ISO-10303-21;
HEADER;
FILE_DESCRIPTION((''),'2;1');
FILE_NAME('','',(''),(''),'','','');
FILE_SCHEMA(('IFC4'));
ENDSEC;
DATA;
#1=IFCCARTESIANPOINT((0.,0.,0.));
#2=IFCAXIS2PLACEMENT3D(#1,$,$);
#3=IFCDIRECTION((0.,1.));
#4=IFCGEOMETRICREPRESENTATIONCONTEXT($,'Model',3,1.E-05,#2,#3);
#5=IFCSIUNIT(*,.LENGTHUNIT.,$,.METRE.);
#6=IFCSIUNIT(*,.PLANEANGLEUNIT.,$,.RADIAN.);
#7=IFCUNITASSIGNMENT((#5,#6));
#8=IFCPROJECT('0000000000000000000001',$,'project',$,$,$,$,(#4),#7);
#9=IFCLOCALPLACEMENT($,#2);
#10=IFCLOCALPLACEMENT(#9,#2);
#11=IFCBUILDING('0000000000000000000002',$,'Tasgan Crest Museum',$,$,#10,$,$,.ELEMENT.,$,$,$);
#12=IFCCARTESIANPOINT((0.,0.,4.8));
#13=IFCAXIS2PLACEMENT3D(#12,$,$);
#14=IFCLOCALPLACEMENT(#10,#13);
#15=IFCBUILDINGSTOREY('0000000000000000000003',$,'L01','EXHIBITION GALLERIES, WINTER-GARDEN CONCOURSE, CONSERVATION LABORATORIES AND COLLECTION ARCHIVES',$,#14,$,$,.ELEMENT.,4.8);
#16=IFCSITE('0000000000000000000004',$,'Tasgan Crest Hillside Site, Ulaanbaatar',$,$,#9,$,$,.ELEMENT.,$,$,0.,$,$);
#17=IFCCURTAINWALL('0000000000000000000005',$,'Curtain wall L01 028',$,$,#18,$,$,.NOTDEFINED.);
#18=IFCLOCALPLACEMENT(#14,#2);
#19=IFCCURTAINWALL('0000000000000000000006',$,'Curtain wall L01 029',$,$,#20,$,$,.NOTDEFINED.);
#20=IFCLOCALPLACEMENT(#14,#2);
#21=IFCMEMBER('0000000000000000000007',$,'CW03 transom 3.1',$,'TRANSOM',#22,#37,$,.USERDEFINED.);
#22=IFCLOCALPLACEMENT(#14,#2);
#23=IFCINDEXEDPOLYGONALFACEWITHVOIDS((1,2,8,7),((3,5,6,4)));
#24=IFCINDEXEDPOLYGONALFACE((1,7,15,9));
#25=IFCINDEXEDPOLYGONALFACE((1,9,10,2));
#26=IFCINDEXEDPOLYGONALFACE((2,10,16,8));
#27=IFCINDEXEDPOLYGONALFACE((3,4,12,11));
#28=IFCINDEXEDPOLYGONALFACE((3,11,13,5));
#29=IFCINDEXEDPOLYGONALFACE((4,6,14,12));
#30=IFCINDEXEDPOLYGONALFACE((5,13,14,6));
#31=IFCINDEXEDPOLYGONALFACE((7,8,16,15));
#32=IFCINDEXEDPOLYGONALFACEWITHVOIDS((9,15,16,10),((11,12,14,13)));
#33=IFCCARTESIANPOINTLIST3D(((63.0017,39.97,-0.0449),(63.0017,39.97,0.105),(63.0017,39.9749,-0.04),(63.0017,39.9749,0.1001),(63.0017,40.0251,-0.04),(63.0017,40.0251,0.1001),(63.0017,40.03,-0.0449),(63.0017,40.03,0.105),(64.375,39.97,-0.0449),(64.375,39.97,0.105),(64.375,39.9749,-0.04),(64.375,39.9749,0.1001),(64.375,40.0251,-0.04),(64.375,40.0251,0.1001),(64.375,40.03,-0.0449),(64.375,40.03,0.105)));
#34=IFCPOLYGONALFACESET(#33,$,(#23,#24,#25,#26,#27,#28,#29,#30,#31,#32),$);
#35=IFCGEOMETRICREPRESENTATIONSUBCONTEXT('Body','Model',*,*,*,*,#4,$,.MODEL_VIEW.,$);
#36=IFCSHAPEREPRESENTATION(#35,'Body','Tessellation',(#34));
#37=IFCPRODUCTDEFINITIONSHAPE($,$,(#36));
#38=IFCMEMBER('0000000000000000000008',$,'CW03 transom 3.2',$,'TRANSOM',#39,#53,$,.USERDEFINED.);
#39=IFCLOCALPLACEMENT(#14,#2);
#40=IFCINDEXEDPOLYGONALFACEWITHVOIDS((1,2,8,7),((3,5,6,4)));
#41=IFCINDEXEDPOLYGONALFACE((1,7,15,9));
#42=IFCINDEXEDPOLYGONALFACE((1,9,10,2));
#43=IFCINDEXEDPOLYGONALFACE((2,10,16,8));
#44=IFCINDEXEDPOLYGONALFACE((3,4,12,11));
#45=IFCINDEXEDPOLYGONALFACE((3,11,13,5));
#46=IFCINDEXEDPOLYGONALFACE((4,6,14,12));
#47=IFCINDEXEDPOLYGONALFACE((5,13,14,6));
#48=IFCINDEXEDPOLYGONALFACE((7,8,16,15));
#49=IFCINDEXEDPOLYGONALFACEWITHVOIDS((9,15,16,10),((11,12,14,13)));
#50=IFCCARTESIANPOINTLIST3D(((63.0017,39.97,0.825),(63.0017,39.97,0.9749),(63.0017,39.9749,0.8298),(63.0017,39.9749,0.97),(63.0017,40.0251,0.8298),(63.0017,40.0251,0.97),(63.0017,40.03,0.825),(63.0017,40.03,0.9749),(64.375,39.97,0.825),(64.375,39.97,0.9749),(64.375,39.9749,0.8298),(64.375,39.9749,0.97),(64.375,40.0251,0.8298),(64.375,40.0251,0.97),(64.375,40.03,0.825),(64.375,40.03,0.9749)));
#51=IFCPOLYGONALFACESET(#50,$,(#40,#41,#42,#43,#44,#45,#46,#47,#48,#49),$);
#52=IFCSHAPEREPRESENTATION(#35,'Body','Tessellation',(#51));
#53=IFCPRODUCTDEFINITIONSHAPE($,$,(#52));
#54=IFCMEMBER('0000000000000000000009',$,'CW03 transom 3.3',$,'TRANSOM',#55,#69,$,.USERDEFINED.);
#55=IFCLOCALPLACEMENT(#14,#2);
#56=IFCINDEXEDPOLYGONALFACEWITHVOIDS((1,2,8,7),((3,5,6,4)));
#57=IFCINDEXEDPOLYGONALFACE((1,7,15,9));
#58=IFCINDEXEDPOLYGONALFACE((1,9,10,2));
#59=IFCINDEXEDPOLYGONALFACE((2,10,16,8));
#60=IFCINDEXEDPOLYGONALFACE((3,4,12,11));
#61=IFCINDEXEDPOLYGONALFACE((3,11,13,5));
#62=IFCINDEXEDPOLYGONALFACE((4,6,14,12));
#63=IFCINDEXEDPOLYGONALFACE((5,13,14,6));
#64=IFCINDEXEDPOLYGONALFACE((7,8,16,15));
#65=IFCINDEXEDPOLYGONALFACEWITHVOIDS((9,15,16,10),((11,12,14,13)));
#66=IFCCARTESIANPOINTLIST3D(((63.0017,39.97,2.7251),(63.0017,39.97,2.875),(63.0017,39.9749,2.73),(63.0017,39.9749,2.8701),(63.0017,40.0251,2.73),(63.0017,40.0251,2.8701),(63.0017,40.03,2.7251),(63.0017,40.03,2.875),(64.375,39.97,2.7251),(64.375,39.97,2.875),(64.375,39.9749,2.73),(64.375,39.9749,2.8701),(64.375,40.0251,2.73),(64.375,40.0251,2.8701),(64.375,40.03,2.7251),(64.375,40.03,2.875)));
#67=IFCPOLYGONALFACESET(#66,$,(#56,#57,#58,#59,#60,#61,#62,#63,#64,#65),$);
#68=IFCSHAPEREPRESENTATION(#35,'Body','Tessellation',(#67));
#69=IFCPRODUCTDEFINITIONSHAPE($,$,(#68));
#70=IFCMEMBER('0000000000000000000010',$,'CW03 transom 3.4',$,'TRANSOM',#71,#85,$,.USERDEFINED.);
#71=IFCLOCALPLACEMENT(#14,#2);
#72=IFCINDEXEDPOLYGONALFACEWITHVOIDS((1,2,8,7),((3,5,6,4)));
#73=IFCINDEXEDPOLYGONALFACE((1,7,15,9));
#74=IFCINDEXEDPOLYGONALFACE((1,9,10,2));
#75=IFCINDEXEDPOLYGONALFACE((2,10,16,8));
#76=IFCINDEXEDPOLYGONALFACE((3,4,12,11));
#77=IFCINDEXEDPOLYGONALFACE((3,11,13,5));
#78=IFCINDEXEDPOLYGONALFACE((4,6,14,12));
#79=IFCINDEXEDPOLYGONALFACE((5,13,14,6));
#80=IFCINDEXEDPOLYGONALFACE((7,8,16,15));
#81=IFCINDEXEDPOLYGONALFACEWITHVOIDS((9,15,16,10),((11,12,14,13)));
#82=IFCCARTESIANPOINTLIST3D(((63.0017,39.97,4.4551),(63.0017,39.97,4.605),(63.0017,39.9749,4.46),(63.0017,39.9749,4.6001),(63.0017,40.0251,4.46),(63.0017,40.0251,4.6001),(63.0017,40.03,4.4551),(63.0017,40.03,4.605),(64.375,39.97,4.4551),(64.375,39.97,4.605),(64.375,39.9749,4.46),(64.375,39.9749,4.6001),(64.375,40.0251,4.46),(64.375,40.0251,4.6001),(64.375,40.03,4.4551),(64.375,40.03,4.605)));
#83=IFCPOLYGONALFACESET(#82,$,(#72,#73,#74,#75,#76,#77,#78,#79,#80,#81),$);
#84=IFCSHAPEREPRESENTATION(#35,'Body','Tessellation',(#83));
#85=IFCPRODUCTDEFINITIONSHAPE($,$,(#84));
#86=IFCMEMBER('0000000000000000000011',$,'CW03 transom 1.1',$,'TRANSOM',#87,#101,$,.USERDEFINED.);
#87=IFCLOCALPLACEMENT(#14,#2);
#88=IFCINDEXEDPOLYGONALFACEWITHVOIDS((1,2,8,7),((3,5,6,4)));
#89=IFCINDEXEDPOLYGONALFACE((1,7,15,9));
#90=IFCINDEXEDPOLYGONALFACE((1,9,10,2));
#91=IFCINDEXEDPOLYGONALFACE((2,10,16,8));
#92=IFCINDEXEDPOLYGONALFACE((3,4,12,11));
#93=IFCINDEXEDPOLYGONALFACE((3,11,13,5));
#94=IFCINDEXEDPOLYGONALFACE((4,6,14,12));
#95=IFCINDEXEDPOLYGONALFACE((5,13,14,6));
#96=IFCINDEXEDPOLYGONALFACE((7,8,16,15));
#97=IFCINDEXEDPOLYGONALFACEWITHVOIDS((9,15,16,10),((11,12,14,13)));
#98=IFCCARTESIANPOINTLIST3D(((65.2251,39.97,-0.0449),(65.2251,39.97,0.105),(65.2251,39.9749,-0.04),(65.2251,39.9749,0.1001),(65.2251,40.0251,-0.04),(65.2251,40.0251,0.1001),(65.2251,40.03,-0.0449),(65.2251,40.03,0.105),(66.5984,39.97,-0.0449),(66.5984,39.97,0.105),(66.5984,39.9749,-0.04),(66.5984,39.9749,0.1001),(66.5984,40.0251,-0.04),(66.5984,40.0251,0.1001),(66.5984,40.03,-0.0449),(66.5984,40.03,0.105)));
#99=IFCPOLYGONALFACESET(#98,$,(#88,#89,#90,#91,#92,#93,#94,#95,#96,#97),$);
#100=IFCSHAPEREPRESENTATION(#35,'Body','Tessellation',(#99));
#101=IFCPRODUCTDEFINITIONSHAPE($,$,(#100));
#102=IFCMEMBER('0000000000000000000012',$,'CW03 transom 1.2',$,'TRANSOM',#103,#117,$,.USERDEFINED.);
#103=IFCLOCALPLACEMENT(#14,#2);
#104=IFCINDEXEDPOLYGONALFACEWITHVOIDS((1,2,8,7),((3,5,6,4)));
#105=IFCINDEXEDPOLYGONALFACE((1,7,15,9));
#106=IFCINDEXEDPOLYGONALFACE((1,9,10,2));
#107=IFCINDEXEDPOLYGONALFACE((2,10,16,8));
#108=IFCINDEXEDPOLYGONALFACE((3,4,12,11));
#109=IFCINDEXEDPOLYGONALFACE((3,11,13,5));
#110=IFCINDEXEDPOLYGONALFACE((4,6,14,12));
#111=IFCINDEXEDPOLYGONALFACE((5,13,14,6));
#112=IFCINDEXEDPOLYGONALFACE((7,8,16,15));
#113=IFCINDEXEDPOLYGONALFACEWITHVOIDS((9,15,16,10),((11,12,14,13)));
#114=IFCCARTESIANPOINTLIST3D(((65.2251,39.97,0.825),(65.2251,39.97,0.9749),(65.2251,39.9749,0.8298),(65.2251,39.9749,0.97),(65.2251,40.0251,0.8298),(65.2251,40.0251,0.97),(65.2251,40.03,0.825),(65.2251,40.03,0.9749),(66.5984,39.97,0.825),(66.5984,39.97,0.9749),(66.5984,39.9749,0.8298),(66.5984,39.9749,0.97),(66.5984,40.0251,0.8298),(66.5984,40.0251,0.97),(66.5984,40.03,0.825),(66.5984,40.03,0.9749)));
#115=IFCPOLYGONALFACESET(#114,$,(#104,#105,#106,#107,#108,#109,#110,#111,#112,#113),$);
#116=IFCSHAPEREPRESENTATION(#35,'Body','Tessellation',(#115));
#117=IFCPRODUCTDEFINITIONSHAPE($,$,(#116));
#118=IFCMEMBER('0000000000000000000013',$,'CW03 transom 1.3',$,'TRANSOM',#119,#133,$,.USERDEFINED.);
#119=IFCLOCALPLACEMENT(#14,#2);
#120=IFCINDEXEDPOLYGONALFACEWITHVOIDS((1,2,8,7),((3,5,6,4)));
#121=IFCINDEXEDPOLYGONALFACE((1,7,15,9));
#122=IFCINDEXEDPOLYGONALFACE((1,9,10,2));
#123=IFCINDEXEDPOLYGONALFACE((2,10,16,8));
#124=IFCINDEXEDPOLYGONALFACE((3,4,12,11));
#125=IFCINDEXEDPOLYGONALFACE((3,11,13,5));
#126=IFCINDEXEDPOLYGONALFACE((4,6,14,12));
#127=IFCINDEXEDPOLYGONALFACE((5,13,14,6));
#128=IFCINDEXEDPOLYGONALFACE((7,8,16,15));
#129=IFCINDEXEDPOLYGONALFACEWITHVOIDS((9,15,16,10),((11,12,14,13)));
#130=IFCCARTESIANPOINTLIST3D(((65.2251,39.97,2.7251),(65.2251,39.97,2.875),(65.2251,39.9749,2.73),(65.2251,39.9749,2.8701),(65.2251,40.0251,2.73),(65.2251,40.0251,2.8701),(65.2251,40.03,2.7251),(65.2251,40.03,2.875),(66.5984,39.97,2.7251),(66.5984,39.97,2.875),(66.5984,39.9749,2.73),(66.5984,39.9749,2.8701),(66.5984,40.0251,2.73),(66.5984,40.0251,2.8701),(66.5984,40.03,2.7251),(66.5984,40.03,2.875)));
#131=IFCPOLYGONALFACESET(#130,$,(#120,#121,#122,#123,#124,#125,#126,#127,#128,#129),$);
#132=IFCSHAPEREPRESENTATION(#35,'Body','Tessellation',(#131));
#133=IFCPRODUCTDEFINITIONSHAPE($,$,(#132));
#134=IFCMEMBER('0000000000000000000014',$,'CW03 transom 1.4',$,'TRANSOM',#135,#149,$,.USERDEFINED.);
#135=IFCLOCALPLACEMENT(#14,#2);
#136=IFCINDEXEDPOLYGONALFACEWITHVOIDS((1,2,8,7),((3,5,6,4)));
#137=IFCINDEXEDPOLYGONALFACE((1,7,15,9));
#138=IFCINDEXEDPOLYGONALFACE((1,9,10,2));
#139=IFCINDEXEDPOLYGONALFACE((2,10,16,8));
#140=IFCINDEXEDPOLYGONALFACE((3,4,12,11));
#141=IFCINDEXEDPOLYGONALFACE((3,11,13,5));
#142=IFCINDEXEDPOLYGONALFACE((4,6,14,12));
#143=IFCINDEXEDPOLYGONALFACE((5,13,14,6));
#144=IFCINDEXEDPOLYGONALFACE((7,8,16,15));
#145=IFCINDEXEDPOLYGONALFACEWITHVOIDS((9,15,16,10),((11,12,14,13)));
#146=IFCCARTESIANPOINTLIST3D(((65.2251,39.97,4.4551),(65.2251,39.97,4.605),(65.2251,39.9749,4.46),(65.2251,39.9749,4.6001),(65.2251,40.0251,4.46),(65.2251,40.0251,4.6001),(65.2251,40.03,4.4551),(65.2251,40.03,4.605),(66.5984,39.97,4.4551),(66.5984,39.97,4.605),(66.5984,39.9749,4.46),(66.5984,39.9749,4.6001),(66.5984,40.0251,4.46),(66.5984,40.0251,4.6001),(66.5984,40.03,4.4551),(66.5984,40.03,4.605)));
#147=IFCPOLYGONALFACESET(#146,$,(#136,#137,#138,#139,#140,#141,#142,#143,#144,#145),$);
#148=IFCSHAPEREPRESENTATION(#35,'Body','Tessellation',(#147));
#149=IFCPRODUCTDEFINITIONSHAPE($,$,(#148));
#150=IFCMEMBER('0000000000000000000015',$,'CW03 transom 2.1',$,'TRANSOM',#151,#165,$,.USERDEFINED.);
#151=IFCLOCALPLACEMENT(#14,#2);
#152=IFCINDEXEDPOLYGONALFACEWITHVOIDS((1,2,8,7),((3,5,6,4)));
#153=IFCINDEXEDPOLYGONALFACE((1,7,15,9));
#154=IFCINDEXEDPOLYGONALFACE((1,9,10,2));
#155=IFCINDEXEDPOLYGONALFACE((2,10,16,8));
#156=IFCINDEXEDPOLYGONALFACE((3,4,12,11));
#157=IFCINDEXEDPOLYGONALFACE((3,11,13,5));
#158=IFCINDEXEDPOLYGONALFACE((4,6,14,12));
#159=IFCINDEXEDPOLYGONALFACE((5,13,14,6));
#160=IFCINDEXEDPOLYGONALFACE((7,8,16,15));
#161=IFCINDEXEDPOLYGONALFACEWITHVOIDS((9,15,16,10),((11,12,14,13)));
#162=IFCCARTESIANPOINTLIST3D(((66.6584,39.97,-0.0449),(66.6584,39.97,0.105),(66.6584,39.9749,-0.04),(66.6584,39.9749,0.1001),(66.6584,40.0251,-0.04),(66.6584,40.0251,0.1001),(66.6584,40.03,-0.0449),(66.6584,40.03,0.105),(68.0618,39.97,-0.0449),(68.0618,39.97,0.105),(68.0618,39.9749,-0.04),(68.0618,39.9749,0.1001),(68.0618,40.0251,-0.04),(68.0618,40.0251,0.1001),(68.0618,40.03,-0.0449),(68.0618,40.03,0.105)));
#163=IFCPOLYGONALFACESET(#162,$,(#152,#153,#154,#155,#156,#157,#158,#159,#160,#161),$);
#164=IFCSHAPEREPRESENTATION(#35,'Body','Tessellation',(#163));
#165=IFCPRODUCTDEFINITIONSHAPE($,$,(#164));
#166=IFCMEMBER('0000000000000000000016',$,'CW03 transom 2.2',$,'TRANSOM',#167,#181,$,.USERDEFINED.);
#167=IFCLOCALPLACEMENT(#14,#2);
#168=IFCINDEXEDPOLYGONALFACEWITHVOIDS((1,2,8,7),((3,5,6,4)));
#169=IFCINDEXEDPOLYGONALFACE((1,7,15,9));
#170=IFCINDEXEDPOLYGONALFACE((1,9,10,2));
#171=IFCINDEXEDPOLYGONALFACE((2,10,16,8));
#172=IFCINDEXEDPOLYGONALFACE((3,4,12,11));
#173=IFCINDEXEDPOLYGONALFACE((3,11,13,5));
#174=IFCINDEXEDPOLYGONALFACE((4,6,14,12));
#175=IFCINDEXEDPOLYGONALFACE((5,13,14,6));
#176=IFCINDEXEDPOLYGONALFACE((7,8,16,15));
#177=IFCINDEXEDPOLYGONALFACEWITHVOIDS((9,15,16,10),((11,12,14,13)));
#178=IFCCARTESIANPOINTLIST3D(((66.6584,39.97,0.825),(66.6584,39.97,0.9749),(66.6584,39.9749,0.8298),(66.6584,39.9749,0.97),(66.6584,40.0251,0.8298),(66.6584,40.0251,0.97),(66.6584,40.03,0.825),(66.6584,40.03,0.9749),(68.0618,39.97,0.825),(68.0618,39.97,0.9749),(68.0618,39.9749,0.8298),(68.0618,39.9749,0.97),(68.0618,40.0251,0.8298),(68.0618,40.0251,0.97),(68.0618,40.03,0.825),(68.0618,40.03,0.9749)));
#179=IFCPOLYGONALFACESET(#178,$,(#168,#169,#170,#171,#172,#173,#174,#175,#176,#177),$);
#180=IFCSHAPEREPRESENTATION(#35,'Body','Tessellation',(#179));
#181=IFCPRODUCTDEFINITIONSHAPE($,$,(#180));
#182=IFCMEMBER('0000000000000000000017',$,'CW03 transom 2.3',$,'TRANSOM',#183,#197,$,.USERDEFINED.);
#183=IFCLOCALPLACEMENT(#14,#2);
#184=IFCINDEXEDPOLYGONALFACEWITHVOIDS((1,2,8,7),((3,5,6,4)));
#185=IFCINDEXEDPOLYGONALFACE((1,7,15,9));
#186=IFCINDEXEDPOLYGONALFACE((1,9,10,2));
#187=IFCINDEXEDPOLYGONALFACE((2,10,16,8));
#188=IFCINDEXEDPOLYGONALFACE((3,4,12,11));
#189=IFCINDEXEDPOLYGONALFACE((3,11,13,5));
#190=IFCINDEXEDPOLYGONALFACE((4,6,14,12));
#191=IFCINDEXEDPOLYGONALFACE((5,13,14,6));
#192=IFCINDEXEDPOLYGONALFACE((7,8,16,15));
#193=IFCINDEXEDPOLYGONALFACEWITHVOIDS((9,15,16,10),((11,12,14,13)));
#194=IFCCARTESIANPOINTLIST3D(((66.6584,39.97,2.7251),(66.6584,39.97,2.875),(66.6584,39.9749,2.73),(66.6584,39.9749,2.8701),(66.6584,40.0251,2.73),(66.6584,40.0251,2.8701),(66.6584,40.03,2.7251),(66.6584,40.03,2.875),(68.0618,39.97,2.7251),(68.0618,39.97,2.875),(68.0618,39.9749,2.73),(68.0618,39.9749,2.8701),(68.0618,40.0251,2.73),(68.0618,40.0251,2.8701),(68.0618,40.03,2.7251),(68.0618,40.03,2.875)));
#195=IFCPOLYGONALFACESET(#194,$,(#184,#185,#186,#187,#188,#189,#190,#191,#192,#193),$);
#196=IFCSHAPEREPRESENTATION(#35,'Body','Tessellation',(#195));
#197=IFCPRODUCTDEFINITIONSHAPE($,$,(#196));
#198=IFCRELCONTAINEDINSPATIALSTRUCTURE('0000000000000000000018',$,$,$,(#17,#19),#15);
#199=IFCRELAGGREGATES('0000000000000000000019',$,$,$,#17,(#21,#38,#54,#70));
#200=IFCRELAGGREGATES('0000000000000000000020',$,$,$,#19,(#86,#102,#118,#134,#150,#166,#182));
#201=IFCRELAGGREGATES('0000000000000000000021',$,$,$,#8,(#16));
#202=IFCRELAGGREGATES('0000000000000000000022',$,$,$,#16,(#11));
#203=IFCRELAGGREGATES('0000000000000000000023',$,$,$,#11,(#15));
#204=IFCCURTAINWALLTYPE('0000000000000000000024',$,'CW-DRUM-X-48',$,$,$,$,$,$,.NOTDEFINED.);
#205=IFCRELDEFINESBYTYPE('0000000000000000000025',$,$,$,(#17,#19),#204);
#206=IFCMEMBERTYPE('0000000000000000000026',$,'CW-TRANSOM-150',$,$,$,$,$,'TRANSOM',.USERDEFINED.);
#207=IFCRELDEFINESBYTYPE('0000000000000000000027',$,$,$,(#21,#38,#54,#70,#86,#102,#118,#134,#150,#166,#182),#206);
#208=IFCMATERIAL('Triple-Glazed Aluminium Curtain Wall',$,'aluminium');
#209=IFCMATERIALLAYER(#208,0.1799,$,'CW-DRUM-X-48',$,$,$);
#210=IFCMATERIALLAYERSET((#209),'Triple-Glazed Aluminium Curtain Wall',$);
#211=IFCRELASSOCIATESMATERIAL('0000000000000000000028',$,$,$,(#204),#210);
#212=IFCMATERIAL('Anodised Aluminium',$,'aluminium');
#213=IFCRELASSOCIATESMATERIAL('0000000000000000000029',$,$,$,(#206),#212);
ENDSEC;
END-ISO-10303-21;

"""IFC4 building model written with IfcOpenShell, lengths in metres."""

from ifc_helpers import new_model, si_unit, direction, frame, origin, origin_2d, place, context, subcontext, project, spatial, hollow_rectangle, extrude, material, layer, layer_set, material_profile, profile_set, type_object, element, aggregate, save


model = new_model("IFC4")

# Units and contexts
model_context = context("Model", 3, precision=1e-05, world=origin(), true_north=direction((0.0, 1.0)))
body_context = subcontext(model_context, "Body", "Model", "MODEL_VIEW")
ifc_project = project(units=[si_unit("LENGTHUNIT", "METRE"), si_unit("PLANEANGLEUNIT", "RADIAN")], contexts=[model_context])

# Site, building, storey
site_placement = place(None, origin())
site = spatial("IfcSite", under=ifc_project, at=site_placement, Name="Tasgan Crest Hillside Site, Ulaanbaatar", CompositionType="ELEMENT", RefElevation=0.0)
building_placement = place(site_placement, origin())
building = spatial("IfcBuilding", under=site, at=building_placement, Name="Tasgan Crest Museum", CompositionType="ELEMENT")
storey_placement = place(building_placement, frame((0.0, 0.0, 4.8)))
storey = spatial("IfcBuildingStorey", under=building, at=storey_placement, Name="L01", Description="EXHIBITION GALLERIES, WINTER-GARDEN CONCOURSE, CONSERVATION LABORATORIES AND COLLECTION ARCHIVES", CompositionType="ELEMENT", Elevation=4.8)

# Curtain walls
ifc_material_1 = material(Name="Triple-Glazed Aluminium Curtain Wall", Category="aluminium")
ifc_layer_1 = layer(ifc_material_1, 0.1799, Name="CW-DRUM-X-48")
ifc_layer_set_1 = layer_set([ifc_layer_1], Name="Triple-Glazed Aluminium Curtain Wall")
curtain_wall_type = type_object("IfcCurtainWallType", Name="CW-DRUM-X-48", PredefinedType="NOTDEFINED", material=ifc_layer_set_1)
curtain_wall_1_placement = place(storey_placement, origin())
curtain_wall_1 = element("IfcCurtainWall", 1, at=curtain_wall_1_placement, inside=storey, type_object=curtain_wall_type, Name="Curtain wall L01 028", PredefinedType="NOTDEFINED")
curtain_wall_2_placement = place(storey_placement, origin())
curtain_wall_2 = element("IfcCurtainWall", 2, at=curtain_wall_2_placement, inside=storey, type_object=curtain_wall_type, Name="Curtain wall L01 029", PredefinedType="NOTDEFINED")

# Members
ifc_material_2 = material(Name="Anodised Aluminium", Category="aluminium")
ifc_material_profile_1 = material_profile(ifc_material_2, hollow_rectangle(XDim=0.0601, YDim=0.1499, WallThickness=0.0049, at=origin_2d()), Name="ALU TRANSOM 150x60x5")
ifc_profile_set_1 = profile_set([ifc_material_profile_1], Name="Anodised Aluminium")
member_type_1 = type_object("IfcMemberType", Name="CW-TRANSOM-150", ElementType="TRANSOM", PredefinedType="USERDEFINED", material=ifc_profile_set_1)
member_1_placement = place(storey_placement, frame((63.0017, 40.0, 0.03), z_axis=(1.0, 0.0, 0.0), x_axis=(0.0, 1.0, 0.0)))
member_1 = element("IfcMember", 3, at=member_1_placement, type_object=member_type_1, Name="CW03 transom 3.1", ObjectType="TRANSOM", PredefinedType="USERDEFINED", context=body_context, shape_type="SweptSolid", body=[
    extrude(hollow_rectangle(XDim=0.0601, YDim=0.1499, WallThickness=0.0049, at=origin_2d()), origin(), (0.0, 0.0, 1.0), 1.3733),
])
member_2_placement = place(storey_placement, frame((63.0017, 40.0, 0.8999), z_axis=(1.0, 0.0, 0.0), x_axis=(0.0, 1.0, 0.0)))
member_2 = element("IfcMember", 4, at=member_2_placement, type_object=member_type_1, Name="CW03 transom 3.2", ObjectType="TRANSOM", PredefinedType="USERDEFINED", context=body_context, shape_type="SweptSolid", body=[
    extrude(hollow_rectangle(XDim=0.0601, YDim=0.1499, WallThickness=0.0049, at=origin_2d()), origin(), (0.0, 0.0, 1.0), 1.3733),
])
member_3_placement = place(storey_placement, frame((63.0017, 40.0, 2.8), z_axis=(1.0, 0.0, 0.0), x_axis=(0.0, 1.0, 0.0)))
member_3 = element("IfcMember", 5, at=member_3_placement, type_object=member_type_1, Name="CW03 transom 3.3", ObjectType="TRANSOM", PredefinedType="USERDEFINED", context=body_context, shape_type="SweptSolid", body=[
    extrude(hollow_rectangle(XDim=0.0601, YDim=0.1499, WallThickness=0.0049, at=origin_2d()), origin(), (0.0, 0.0, 1.0), 1.3733),
])
member_4_placement = place(storey_placement, frame((63.0017, 40.0, 4.53), z_axis=(1.0, 0.0, 0.0), x_axis=(0.0, 1.0, 0.0)))
member_4 = element("IfcMember", 6, at=member_4_placement, type_object=member_type_1, Name="CW03 transom 3.4", ObjectType="TRANSOM", PredefinedType="USERDEFINED", context=body_context, shape_type="SweptSolid", body=[
    extrude(hollow_rectangle(XDim=0.0601, YDim=0.1499, WallThickness=0.0049, at=origin_2d()), origin(), (0.0, 0.0, 1.0), 1.3733),
])
member_5_placement = place(storey_placement, frame((65.2251, 40.0, 0.03), z_axis=(1.0, 0.0, 0.0), x_axis=(0.0, 1.0, 0.0)))
member_5 = element("IfcMember", 7, at=member_5_placement, type_object=member_type_1, Name="CW03 transom 1.1", ObjectType="TRANSOM", PredefinedType="USERDEFINED", context=body_context, shape_type="SweptSolid", body=[
    extrude(hollow_rectangle(XDim=0.0601, YDim=0.1499, WallThickness=0.0049, at=origin_2d()), origin(), (0.0, 0.0, 1.0), 1.3733),
])
member_6_placement = place(storey_placement, frame((65.2251, 40.0, 0.8999), z_axis=(1.0, 0.0, 0.0), x_axis=(0.0, 1.0, 0.0)))
member_6 = element("IfcMember", 8, at=member_6_placement, type_object=member_type_1, Name="CW03 transom 1.2", ObjectType="TRANSOM", PredefinedType="USERDEFINED", context=body_context, shape_type="SweptSolid", body=[
    extrude(hollow_rectangle(XDim=0.0601, YDim=0.1499, WallThickness=0.0049, at=origin_2d()), origin(), (0.0, 0.0, 1.0), 1.3733),
])
member_7_placement = place(storey_placement, frame((65.2251, 40.0, 2.8), z_axis=(1.0, 0.0, 0.0), x_axis=(0.0, 1.0, 0.0)))
member_7 = element("IfcMember", 9, at=member_7_placement, type_object=member_type_1, Name="CW03 transom 1.3", ObjectType="TRANSOM", PredefinedType="USERDEFINED", context=body_context, shape_type="SweptSolid", body=[
    extrude(hollow_rectangle(XDim=0.0601, YDim=0.1499, WallThickness=0.0049, at=origin_2d()), origin(), (0.0, 0.0, 1.0), 1.3733),
])
member_8_placement = place(storey_placement, frame((65.2251, 40.0, 4.53), z_axis=(1.0, 0.0, 0.0), x_axis=(0.0, 1.0, 0.0)))
member_8 = element("IfcMember", 10, at=member_8_placement, type_object=member_type_1, Name="CW03 transom 1.4", ObjectType="TRANSOM", PredefinedType="USERDEFINED", context=body_context, shape_type="SweptSolid", body=[
    extrude(hollow_rectangle(XDim=0.0601, YDim=0.1499, WallThickness=0.0049, at=origin_2d()), origin(), (0.0, 0.0, 1.0), 1.3733),
])
member_9_placement = place(storey_placement, frame((66.6584, 40.0, 0.03), z_axis=(1.0, 0.0, 0.0), x_axis=(0.0, 1.0, 0.0)))
member_9 = element("IfcMember", 11, at=member_9_placement, type_object=member_type_1, Name="CW03 transom 2.1", ObjectType="TRANSOM", PredefinedType="USERDEFINED", context=body_context, shape_type="SweptSolid", body=[
    extrude(hollow_rectangle(XDim=0.0601, YDim=0.1499, WallThickness=0.0049, at=origin_2d()), origin(), (0.0, 0.0, 1.0), 1.4033),
])
member_10_placement = place(storey_placement, frame((66.6584, 40.0, 0.8999), z_axis=(1.0, 0.0, 0.0), x_axis=(0.0, 1.0, 0.0)))
member_10 = element("IfcMember", 12, at=member_10_placement, type_object=member_type_1, Name="CW03 transom 2.2", ObjectType="TRANSOM", PredefinedType="USERDEFINED", context=body_context, shape_type="SweptSolid", body=[
    extrude(hollow_rectangle(XDim=0.0601, YDim=0.1499, WallThickness=0.0049, at=origin_2d()), origin(), (0.0, 0.0, 1.0), 1.4033),
])
member_11_placement = place(storey_placement, frame((66.6584, 40.0, 2.8), z_axis=(1.0, 0.0, 0.0), x_axis=(0.0, 1.0, 0.0)))
member_11 = element("IfcMember", 13, at=member_11_placement, type_object=member_type_1, Name="CW03 transom 2.3", ObjectType="TRANSOM", PredefinedType="USERDEFINED", context=body_context, shape_type="SweptSolid", body=[
    extrude(hollow_rectangle(XDim=0.0601, YDim=0.1499, WallThickness=0.0049, at=origin_2d()), origin(), (0.0, 0.0, 1.0), 1.4033),
])

aggregate(curtain_wall_1, [member_1, member_2, member_3, member_4])
aggregate(curtain_wall_2, [member_5, member_6, member_7, member_8, member_9, member_10, member_11])

save(model, "model.ifc")
